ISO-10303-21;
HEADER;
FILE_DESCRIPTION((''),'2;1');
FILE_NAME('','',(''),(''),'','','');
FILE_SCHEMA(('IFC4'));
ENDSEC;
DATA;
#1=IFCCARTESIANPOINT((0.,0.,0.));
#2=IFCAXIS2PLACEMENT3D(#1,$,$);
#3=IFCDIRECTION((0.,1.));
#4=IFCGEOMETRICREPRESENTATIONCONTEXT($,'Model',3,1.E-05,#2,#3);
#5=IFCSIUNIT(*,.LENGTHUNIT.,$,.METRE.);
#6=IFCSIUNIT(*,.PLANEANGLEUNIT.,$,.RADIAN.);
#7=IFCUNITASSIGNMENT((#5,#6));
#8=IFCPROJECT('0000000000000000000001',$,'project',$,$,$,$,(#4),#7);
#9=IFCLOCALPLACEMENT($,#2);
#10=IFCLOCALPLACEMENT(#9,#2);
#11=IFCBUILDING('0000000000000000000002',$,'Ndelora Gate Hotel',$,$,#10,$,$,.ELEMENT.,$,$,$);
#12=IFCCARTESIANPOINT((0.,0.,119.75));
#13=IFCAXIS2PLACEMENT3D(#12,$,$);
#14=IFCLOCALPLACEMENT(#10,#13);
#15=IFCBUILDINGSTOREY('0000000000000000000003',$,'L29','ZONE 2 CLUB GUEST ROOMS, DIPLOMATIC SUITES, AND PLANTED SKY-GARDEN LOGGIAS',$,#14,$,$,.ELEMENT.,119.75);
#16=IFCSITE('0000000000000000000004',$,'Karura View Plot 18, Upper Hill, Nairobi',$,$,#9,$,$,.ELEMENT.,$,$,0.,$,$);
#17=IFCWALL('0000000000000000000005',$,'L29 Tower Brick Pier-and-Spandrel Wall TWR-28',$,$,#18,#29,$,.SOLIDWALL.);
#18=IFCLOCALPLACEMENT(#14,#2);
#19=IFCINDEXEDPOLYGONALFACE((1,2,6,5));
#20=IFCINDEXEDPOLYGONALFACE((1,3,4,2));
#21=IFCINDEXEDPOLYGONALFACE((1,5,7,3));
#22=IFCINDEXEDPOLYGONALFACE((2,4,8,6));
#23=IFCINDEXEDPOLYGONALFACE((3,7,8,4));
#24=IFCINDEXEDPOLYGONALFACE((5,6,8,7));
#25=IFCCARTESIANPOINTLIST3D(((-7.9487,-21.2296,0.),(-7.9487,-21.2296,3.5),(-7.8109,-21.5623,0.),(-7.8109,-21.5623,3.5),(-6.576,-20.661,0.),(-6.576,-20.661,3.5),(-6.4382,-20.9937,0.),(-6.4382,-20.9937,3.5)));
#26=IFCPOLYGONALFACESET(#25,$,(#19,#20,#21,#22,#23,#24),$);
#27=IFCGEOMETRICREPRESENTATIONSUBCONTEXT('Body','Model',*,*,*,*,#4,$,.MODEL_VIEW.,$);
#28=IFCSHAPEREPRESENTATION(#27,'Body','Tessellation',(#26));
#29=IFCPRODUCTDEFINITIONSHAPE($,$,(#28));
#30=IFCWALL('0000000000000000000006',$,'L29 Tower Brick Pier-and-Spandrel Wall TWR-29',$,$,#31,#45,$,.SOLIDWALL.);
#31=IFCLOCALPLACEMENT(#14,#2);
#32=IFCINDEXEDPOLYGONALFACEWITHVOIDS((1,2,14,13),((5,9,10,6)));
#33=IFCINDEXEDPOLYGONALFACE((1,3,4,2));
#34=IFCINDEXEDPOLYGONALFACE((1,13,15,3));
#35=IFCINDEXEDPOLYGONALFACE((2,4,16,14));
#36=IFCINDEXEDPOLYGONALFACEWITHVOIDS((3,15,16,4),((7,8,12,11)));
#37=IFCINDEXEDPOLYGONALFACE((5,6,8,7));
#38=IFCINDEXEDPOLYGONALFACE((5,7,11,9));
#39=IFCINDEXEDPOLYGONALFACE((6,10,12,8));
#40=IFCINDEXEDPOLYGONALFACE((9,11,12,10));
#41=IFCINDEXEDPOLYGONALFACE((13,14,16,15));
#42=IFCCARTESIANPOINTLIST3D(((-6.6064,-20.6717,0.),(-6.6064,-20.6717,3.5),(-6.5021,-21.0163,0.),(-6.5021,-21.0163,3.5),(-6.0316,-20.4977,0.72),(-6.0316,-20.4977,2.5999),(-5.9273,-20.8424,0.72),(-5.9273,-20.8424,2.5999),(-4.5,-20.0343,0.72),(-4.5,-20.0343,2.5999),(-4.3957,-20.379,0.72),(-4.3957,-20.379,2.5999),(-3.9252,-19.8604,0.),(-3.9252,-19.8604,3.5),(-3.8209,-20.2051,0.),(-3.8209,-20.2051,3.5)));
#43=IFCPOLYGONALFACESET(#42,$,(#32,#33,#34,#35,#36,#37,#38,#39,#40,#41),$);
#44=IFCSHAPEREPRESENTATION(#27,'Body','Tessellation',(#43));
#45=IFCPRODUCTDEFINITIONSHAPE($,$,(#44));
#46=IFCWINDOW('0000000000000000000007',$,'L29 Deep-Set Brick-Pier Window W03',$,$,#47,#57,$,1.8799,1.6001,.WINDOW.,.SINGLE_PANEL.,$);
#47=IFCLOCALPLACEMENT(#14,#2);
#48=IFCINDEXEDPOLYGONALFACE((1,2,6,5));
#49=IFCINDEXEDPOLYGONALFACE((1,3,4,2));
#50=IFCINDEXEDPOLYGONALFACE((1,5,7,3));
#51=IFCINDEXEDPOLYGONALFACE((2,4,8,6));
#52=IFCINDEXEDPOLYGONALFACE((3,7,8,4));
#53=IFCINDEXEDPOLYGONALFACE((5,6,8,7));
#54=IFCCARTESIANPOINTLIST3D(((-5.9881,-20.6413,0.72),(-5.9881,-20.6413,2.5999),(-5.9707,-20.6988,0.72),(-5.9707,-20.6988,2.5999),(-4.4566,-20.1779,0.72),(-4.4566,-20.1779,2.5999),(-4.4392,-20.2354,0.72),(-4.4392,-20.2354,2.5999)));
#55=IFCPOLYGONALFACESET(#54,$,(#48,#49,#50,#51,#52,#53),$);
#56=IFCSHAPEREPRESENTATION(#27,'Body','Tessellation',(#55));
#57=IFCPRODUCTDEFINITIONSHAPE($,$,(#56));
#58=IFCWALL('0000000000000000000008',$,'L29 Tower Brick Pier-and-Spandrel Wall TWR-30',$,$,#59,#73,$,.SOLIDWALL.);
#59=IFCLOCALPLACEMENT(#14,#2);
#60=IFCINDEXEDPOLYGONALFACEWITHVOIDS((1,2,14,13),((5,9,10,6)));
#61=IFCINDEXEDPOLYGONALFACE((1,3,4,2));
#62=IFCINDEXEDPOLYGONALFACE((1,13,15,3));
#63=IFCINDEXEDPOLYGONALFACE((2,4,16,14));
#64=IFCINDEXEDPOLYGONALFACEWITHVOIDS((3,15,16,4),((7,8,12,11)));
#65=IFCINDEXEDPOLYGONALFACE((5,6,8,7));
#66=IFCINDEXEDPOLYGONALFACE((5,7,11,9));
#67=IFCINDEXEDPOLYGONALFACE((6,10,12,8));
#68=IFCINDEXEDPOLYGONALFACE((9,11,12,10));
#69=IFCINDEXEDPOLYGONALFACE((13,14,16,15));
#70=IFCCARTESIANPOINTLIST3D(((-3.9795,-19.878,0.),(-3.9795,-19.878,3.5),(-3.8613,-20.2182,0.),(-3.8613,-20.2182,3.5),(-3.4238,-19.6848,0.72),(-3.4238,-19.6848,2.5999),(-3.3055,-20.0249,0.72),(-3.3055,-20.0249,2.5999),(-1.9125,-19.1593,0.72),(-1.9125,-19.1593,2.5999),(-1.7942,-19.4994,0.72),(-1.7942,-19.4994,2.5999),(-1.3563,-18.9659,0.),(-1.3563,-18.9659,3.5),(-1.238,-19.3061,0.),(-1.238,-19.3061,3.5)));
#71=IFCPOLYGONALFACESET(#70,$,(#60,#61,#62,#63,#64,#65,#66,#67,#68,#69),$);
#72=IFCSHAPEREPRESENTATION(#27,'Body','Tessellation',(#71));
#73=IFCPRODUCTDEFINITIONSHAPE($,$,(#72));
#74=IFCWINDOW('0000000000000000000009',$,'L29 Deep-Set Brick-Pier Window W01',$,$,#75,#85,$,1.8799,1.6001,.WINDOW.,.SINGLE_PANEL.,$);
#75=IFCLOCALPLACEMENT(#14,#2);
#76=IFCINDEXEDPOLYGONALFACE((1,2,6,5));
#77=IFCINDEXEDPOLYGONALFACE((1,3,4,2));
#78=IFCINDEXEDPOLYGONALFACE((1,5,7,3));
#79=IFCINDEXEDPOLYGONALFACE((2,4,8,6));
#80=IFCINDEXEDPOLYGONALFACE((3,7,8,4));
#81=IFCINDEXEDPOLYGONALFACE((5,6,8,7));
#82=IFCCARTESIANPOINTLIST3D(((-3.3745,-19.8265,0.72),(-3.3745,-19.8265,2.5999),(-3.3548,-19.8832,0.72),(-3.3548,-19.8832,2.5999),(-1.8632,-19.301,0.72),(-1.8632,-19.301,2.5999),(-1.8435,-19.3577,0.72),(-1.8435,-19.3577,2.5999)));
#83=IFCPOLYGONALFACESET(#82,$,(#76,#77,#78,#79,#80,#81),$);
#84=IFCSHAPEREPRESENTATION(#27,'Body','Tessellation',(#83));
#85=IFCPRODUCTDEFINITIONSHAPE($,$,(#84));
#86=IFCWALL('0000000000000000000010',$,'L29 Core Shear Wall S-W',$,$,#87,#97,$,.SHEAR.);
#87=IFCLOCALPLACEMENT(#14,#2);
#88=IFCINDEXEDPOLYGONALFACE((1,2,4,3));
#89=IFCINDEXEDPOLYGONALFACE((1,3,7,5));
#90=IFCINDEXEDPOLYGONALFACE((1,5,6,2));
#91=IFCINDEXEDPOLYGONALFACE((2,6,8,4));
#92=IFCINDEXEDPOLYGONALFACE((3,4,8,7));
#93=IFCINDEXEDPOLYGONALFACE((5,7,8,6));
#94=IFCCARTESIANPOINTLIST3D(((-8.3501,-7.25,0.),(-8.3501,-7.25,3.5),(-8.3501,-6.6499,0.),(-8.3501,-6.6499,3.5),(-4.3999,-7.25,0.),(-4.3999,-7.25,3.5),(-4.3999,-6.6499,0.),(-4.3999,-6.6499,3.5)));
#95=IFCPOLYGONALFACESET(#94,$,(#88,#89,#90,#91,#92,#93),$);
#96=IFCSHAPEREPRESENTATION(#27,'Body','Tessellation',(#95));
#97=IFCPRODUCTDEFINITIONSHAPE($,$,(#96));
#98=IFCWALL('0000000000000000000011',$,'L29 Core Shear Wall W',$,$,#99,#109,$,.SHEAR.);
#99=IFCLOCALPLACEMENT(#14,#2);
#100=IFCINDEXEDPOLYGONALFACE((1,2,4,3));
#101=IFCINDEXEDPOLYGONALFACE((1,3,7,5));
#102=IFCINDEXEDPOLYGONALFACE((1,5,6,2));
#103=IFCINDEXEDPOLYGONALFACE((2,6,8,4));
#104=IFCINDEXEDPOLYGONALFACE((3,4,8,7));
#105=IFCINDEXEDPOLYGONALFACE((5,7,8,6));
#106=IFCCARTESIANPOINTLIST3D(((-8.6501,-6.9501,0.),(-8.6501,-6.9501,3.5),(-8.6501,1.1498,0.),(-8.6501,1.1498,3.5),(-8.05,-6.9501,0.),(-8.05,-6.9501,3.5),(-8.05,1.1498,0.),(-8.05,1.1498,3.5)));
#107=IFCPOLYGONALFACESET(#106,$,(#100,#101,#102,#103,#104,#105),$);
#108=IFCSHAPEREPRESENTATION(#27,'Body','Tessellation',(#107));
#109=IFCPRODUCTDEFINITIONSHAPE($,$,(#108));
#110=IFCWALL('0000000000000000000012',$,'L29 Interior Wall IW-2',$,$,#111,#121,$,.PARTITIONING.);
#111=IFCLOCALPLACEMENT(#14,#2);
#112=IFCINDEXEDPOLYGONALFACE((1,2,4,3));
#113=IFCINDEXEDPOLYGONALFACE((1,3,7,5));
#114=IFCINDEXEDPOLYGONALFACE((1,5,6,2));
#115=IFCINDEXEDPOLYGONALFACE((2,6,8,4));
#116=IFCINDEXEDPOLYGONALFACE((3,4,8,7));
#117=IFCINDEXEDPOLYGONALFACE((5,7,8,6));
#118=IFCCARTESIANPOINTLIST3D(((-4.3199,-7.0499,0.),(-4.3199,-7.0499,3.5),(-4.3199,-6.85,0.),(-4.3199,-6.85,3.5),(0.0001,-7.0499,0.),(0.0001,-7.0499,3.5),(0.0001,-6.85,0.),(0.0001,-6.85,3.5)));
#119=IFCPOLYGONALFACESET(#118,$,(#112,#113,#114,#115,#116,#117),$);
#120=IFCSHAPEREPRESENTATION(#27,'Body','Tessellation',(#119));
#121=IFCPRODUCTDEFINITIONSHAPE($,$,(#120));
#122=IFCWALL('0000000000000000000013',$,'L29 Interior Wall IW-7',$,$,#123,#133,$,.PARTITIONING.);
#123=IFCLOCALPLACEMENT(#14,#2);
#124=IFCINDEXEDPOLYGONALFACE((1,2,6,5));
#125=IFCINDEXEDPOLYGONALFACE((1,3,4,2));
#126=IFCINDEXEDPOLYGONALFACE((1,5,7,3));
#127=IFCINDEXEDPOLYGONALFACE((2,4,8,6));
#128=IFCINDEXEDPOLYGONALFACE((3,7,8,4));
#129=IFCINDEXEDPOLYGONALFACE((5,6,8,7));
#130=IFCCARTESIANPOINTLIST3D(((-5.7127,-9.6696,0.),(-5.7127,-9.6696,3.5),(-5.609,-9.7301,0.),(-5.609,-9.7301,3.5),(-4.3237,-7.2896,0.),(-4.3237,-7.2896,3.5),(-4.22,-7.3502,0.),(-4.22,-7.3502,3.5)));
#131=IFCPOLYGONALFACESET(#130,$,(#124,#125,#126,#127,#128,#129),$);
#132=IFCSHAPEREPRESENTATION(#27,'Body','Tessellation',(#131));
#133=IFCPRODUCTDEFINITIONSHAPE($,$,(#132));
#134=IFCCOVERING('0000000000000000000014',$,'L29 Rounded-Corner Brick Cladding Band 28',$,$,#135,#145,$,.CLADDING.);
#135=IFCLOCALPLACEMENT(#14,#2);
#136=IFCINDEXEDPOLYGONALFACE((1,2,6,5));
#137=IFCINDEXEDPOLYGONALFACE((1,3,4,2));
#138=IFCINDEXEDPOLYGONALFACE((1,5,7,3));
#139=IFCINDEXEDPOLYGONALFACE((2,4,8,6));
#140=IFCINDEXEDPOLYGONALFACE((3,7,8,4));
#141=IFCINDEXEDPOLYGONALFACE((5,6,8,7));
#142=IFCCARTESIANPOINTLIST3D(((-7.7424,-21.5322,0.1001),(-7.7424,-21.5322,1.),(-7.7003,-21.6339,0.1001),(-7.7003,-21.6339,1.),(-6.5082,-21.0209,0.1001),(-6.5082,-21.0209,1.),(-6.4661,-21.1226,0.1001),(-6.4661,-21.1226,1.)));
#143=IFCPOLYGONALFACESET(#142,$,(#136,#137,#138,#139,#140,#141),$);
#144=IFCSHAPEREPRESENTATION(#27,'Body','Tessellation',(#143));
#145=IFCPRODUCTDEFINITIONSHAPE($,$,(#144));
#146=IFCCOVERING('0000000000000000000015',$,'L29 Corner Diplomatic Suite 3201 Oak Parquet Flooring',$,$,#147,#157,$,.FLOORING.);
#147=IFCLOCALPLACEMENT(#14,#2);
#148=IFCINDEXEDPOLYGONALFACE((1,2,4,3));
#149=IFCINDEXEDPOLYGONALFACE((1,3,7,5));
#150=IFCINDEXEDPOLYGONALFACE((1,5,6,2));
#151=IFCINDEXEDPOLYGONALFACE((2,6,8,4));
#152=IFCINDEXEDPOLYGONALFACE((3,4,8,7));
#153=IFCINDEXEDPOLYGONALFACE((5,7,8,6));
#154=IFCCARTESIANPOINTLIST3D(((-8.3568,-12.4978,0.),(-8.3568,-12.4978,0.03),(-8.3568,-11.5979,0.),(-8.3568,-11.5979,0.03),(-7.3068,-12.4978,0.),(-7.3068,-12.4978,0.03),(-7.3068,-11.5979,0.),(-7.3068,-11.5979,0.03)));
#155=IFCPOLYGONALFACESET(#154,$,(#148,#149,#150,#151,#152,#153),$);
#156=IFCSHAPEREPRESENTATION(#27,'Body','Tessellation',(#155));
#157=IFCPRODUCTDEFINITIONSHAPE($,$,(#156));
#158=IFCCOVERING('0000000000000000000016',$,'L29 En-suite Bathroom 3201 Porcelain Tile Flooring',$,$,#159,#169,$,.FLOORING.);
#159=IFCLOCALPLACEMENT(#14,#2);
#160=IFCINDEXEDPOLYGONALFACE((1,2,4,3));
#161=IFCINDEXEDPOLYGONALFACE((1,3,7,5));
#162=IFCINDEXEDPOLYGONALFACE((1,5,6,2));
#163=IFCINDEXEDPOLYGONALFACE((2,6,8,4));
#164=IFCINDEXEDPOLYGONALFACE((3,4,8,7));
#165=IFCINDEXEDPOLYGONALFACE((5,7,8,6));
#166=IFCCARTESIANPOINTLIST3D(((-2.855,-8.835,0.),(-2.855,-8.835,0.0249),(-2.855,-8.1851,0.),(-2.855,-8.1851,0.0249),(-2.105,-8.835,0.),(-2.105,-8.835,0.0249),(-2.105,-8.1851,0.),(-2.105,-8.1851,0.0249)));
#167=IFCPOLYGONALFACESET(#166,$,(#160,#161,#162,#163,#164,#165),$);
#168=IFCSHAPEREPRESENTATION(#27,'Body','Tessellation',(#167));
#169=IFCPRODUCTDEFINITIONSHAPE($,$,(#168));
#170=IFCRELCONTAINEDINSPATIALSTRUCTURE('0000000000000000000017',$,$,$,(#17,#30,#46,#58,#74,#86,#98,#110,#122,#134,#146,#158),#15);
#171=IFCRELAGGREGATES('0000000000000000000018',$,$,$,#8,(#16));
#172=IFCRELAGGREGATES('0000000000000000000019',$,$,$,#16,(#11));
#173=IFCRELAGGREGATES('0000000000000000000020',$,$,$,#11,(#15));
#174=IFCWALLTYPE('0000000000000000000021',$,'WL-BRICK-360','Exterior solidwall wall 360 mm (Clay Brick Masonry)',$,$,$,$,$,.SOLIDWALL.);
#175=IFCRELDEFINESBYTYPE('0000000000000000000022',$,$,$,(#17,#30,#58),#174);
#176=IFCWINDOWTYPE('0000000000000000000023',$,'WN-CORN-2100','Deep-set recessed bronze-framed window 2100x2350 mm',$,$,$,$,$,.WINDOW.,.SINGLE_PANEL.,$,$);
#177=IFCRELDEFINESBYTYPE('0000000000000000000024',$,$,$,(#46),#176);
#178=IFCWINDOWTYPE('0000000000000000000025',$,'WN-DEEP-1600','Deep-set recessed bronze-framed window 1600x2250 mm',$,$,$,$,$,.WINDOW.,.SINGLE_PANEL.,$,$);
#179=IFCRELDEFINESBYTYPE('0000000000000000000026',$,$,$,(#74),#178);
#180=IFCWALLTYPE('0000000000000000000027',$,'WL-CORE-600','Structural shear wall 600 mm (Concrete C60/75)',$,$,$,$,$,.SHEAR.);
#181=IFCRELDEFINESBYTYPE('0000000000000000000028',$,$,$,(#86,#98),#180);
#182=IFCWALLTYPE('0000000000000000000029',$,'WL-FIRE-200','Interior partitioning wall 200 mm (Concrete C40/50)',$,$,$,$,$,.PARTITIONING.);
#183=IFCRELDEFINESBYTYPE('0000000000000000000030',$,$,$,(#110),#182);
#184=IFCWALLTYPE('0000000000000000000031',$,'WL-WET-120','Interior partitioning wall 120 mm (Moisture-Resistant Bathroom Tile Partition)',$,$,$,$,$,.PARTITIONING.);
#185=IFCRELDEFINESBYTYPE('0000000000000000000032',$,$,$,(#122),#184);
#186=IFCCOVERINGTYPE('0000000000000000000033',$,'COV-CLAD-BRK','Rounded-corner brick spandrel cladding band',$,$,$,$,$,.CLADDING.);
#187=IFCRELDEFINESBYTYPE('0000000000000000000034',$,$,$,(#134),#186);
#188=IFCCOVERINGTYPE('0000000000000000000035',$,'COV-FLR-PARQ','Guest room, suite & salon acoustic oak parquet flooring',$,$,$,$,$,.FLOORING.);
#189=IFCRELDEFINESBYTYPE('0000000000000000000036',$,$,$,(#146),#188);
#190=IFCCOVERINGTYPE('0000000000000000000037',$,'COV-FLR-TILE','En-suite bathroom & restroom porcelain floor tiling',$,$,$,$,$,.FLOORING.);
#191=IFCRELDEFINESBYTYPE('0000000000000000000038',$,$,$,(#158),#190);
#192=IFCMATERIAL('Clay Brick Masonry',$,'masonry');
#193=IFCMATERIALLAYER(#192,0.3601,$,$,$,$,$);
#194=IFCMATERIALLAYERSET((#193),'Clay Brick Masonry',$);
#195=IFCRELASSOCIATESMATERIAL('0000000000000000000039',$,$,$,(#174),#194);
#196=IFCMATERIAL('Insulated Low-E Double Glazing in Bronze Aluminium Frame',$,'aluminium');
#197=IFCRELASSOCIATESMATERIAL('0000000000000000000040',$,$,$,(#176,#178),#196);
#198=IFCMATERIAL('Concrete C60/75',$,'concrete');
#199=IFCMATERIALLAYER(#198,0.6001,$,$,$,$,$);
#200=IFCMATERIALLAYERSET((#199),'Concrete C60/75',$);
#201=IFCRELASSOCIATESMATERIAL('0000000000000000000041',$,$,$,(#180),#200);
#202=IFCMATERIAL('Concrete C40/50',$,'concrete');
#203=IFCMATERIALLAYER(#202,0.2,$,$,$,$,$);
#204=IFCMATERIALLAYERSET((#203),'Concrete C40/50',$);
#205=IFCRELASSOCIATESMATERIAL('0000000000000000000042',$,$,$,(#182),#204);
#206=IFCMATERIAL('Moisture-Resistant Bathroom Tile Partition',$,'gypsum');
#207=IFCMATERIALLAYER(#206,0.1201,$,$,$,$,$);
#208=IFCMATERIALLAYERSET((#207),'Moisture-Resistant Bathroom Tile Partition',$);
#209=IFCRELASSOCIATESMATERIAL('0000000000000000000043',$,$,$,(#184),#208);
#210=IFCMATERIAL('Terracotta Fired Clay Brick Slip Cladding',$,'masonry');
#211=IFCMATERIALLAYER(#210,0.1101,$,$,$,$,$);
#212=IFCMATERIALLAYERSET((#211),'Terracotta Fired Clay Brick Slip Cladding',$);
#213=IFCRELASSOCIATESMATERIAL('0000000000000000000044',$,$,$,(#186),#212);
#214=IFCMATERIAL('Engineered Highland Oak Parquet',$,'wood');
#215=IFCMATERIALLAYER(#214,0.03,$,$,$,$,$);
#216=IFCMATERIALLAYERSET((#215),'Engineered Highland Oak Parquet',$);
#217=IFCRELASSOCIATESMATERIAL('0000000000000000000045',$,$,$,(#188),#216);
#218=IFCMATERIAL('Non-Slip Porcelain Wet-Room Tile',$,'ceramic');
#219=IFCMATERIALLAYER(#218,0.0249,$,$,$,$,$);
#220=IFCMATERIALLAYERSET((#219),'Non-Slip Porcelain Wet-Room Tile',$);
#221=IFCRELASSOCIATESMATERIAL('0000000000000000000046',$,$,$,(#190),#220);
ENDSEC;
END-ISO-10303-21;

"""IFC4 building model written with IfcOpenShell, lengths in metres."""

from ifc_helpers import new_model, si_unit, direction, frame, frame_2d, origin, origin_2d, place, context, subcontext, project, spatial, rectangle, extrude, material, layer, layer_set, type_object, element, fill, save


model = new_model("IFC4")

# Units and contexts
model_context = context("Model", 3, precision=1e-05, world=origin(), true_north=direction((0.0, 1.0)))
body_context = subcontext(model_context, "Body", "Model", "MODEL_VIEW")
ifc_project = project(units=[si_unit("LENGTHUNIT", "METRE"), si_unit("PLANEANGLEUNIT", "RADIAN")], contexts=[model_context])

# Site, building, storey
site_placement = place(None, origin())
site = spatial("IfcSite", under=ifc_project, at=site_placement, Name="Karura View Plot 18, Upper Hill, Nairobi", CompositionType="ELEMENT", RefElevation=0.0)
building_placement = place(site_placement, origin())
building = spatial("IfcBuilding", under=site, at=building_placement, Name="Ndelora Gate Hotel", CompositionType="ELEMENT")
storey_placement = place(building_placement, frame((0.0, 0.0, 119.75)))
storey = spatial("IfcBuildingStorey", under=building, at=storey_placement, Name="L29", Description="ZONE 2 CLUB GUEST ROOMS, DIPLOMATIC SUITES, AND PLANTED SKY-GARDEN LOGGIAS", CompositionType="ELEMENT", Elevation=119.75)

# Shared definitions
ifc_material_1 = material(Name="Concrete C60/75", Category="concrete")

# Wall
ifc_material_2 = material(Name="Clay Brick Masonry", Category="masonry")
ifc_layer_1 = layer(ifc_material_2, 0.3601)
ifc_layer_set_1 = layer_set([ifc_layer_1], Name="Clay Brick Masonry")
wall_type_1 = type_object("IfcWallType", Name="WL-BRICK-360", Description="Exterior solidwall wall 360 mm (Clay Brick Masonry)", PredefinedType="SOLIDWALL", material=ifc_layer_set_1)
for number, where, z_axis, x_axis, name in (
    (1, (-6.5071, -20.8274, 0.0), (0.0, 0.0, 1.0), (-0.923887, -0.382666, 0.0), "L29 Tower Brick Pier-and-Spandrel Wall TWR-28"),
):
    element("IfcWall", number, at=place(storey_placement, frame(where, z_axis=z_axis, x_axis=x_axis)), inside=storey, type_object=wall_type_1, Name=name, PredefinedType="SOLIDWALL", context=body_context, shape_type="SweptSolid", body=[
        extrude(rectangle(XDim=1.4858, YDim=0.3601, at=frame_2d((0.7429, 0.0))), origin(), (0.0, 0.0, 1.0), 3.5),
    ])

# Walls, openings, windows
wall_1_placement = place(storey_placement, frame((-3.873, -20.0327, 0.0), z_axis=(0.0, 0.0, 1.0), x_axis=(-0.957142, -0.289618, 0.0)))
wall_1 = element("IfcWall", 2, at=wall_1_placement, inside=storey, type_object=wall_type_1, Name="L29 Tower Brick Pier-and-Spandrel Wall TWR-29", PredefinedType="SOLIDWALL", context=body_context, shape_type="SweptSolid", body=[
    extrude(rectangle(XDim=2.8013, YDim=0.3601, at=frame_2d((1.4006, 0.0))), origin(), (0.0, 0.0, 1.0), 3.5),
])
opening_1_placement = place(wall_1_placement, frame((0.6006, 0.0, 0.72)))
opening_1 = element("IfcOpeningElement", 3, at=opening_1_placement, cuts=wall_1, PredefinedType="OPENING", context=body_context, shape_type="SweptSolid", body=[
    extrude(rectangle(XDim=1.6001, YDim=1.8799, at=frame_2d((0.8, 0.9399))), frame((0.0, 0.1899, 0.0), z_axis=(0.0, -1.0, 0.0), x_axis=(1.0, 0.0, 0.0)), (0.0, 0.0, 1.0), 0.3801),
])
ifc_material_3 = material(Name="Insulated Low-E Double Glazing in Bronze Aluminium Frame", Category="aluminium")
window_type_1 = type_object("IfcWindowType", Name="WN-CORN-2100", Description="Deep-set recessed bronze-framed window 2100x2350 mm", PartitioningType="SINGLE_PANEL", PredefinedType="WINDOW", material=ifc_material_3)
window_1_placement = place(opening_1_placement, origin())
window_1 = element("IfcWindow", 4, at=window_1_placement, inside=storey, type_object=window_type_1, Name="L29 Deep-Set Brick-Pier Window W03", OverallHeight=1.8799, OverallWidth=1.6001, PartitioningType="SINGLE_PANEL", PredefinedType="WINDOW", context=body_context, shape_type="SweptSolid", body=[
    extrude(rectangle(XDim=1.6001, YDim=1.8799, at=frame_2d((0.8, 0.9399))), frame((0.0, 0.03, 0.0), z_axis=(0.0, -1.0, 0.0), x_axis=(1.0, 0.0, 0.0)), (0.0, 0.0, 1.0), 0.0601),
])
fill(opening_1, window_1)
wall_2_placement = place(storey_placement, frame((-1.2971, -19.136, 0.0), z_axis=(0.0, 0.0, 1.0), x_axis=(-0.944535, -0.328412, 0.0)))
wall_2 = element("IfcWall", 5, at=wall_2_placement, inside=storey, type_object=wall_type_1, Name="L29 Tower Brick Pier-and-Spandrel Wall TWR-30", PredefinedType="SOLIDWALL", context=body_context, shape_type="SweptSolid", body=[
    extrude(rectangle(XDim=2.7773, YDim=0.3601, at=frame_2d((1.3887, 0.0))), origin(), (0.0, 0.0, 1.0), 3.5),
])
opening_2_placement = place(wall_2_placement, frame((0.5889, 0.0, 0.72)))
opening_2 = element("IfcOpeningElement", 6, at=opening_2_placement, cuts=wall_2, PredefinedType="OPENING", context=body_context, shape_type="SweptSolid", body=[
    extrude(rectangle(XDim=1.6001, YDim=1.8799, at=frame_2d((0.8, 0.9399))), frame((0.0, 0.1899, 0.0), z_axis=(0.0, -1.0, 0.0), x_axis=(1.0, 0.0, 0.0)), (0.0, 0.0, 1.0), 0.3801),
])
window_type_2 = type_object("IfcWindowType", Name="WN-DEEP-1600", Description="Deep-set recessed bronze-framed window 1600x2250 mm", PartitioningType="SINGLE_PANEL", PredefinedType="WINDOW", material=ifc_material_3)
window_2_placement = place(opening_2_placement, origin())
window_2 = element("IfcWindow", 7, at=window_2_placement, inside=storey, type_object=window_type_2, Name="L29 Deep-Set Brick-Pier Window W01", OverallHeight=1.8799, OverallWidth=1.6001, PartitioningType="SINGLE_PANEL", PredefinedType="WINDOW", context=body_context, shape_type="SweptSolid", body=[
    extrude(rectangle(XDim=1.6001, YDim=1.8799, at=frame_2d((0.8, 0.9399))), frame((0.0, 0.03, 0.0), z_axis=(0.0, -1.0, 0.0), x_axis=(1.0, 0.0, 0.0)), (0.0, 0.0, 1.0), 0.0601),
])
fill(opening_2, window_2)

# Walls
ifc_layer_2 = layer(ifc_material_1, 0.6001)
ifc_layer_set_2 = layer_set([ifc_layer_2], Name="Concrete C60/75")
wall_type_2 = type_object("IfcWallType", Name="WL-CORE-600", Description="Structural shear wall 600 mm (Concrete C60/75)", PredefinedType="SHEAR", material=ifc_layer_set_2)
wall_3_placement = place(storey_placement, frame((-8.3501, -6.95, 0.0), z_axis=(0.0, 0.0, 1.0), x_axis=(1.0, 0.0, 0.0)))
element("IfcWall", 8, at=wall_3_placement, inside=storey, type_object=wall_type_2, Name="L29 Core Shear Wall S-W", PredefinedType="SHEAR", context=body_context, shape_type="SweptSolid", body=[
    extrude(rectangle(XDim=3.9502, YDim=0.6001, at=frame_2d((1.9751, 0.0))), origin(), (0.0, 0.0, 1.0), 3.5),
])
wall_4_placement = place(storey_placement, frame((-8.3501, -6.95, 0.0), z_axis=(0.0, 0.0, 1.0), x_axis=(0.0, 1.0, 0.0)))
element("IfcWall", 9, at=wall_4_placement, inside=storey, type_object=wall_type_2, Name="L29 Core Shear Wall W", PredefinedType="SHEAR", context=body_context, shape_type="SweptSolid", body=[
    extrude(rectangle(XDim=8.0999, YDim=0.6001, at=frame_2d((4.0498, 0.0))), origin(), (0.0, 0.0, 1.0), 3.5),
])
ifc_material_4 = material(Name="Concrete C40/50", Category="concrete")
ifc_layer_3 = layer(ifc_material_4, 0.2)
ifc_layer_set_3 = layer_set([ifc_layer_3], Name="Concrete C40/50")
wall_type_3 = type_object("IfcWallType", Name="WL-FIRE-200", Description="Interior partitioning wall 200 mm (Concrete C40/50)", PredefinedType="PARTITIONING", material=ifc_layer_set_3)
wall_5_placement = place(storey_placement, frame((-4.3201, -6.95, 0.0), z_axis=(0.0, 0.0, 1.0), x_axis=(1.0, 0.0, 0.0)))
element("IfcWall", 10, at=wall_5_placement, inside=storey, type_object=wall_type_3, Name="L29 Interior Wall IW-2", PredefinedType="PARTITIONING", context=body_context, shape_type="SweptSolid", body=[
    extrude(rectangle(XDim=4.3201, YDim=0.2, at=frame_2d((2.1602, 0.0))), origin(), (0.0, 0.0, 1.0), 3.5),
])
ifc_material_5 = material(Name="Moisture-Resistant Bathroom Tile Partition", Category="gypsum")
ifc_layer_4 = layer(ifc_material_5, 0.1201)
ifc_layer_set_4 = layer_set([ifc_layer_4], Name="Moisture-Resistant Bathroom Tile Partition")
wall_type_4 = type_object("IfcWallType", Name="WL-WET-120", Description="Interior partitioning wall 120 mm (Moisture-Resistant Bathroom Tile Partition)", PredefinedType="PARTITIONING", material=ifc_layer_set_4)
wall_6_placement = place(storey_placement, frame((-5.6609, -9.7, 0.0), z_axis=(0.0, 0.0, 1.0), x_axis=(0.504047, 0.863676, 0.0)))
element("IfcWall", 11, at=wall_6_placement, inside=storey, type_object=wall_type_4, Name="L29 Interior Wall IW-7", PredefinedType="PARTITIONING", context=body_context, shape_type="SweptSolid", body=[
    extrude(rectangle(XDim=2.7556, YDim=0.1201, at=frame_2d((1.3779, 0.0))), origin(), (0.0, 0.0, 1.0), 3.5),
])

# Coverings
ifc_material_6 = material(Name="Terracotta Fired Clay Brick Slip Cladding", Category="masonry")
ifc_layer_5 = layer(ifc_material_6, 0.1101)
ifc_layer_set_5 = layer_set([ifc_layer_5], Name="Terracotta Fired Clay Brick Slip Cladding")
covering_type_1 = type_object("IfcCoveringType", Name="COV-CLAD-BRK", Description="Rounded-corner brick spandrel cladding band", PredefinedType="CLADDING", material=ifc_layer_set_5)
covering_1_placement = place(storey_placement, frame((-7.1042, -21.3274, 0.1001), z_axis=(0.0, 0.0, 1.0), x_axis=(0.92388, 0.382683, 0.0)))
element("IfcCovering", 12, at=covering_1_placement, inside=storey, type_object=covering_type_1, Name="L29 Rounded-Corner Brick Cladding Band 28", PredefinedType="CLADDING", context=body_context, shape_type="SweptSolid", body=[
    extrude(rectangle(XDim=1.3359, YDim=0.1101, at=origin_2d()), origin(), (0.0, 0.0, 1.0), 0.8999),
])
ifc_material_7 = material(Name="Engineered Highland Oak Parquet", Category="wood")
ifc_layer_6 = layer(ifc_material_7, 0.03)
ifc_layer_set_6 = layer_set([ifc_layer_6], Name="Engineered Highland Oak Parquet")
covering_type_2 = type_object("IfcCoveringType", Name="COV-FLR-PARQ", Description="Guest room, suite & salon acoustic oak parquet flooring", PredefinedType="FLOORING", material=ifc_layer_set_6)
covering_2_placement = place(storey_placement, frame((-7.8318, -12.0479, 0.0), z_axis=(0.0, 0.0, 1.0), x_axis=(1.0, 0.0, 0.0)))
element("IfcCovering", 13, at=covering_2_placement, inside=storey, type_object=covering_type_2, Name="L29 Corner Diplomatic Suite 3201 Oak Parquet Flooring", PredefinedType="FLOORING", context=body_context, shape_type="SweptSolid", body=[
    extrude(rectangle(XDim=1.05, YDim=0.8999, at=origin_2d()), origin(), (0.0, 0.0, 1.0), 0.03),
])
ifc_material_8 = material(Name="Non-Slip Porcelain Wet-Room Tile", Category="ceramic")
ifc_layer_7 = layer(ifc_material_8, 0.0249)
ifc_layer_set_7 = layer_set([ifc_layer_7], Name="Non-Slip Porcelain Wet-Room Tile")
covering_type_3 = type_object("IfcCoveringType", Name="COV-FLR-TILE", Description="En-suite bathroom & restroom porcelain floor tiling", PredefinedType="FLOORING", material=ifc_layer_set_7)
covering_3_placement = place(storey_placement, frame((-2.48, -8.51, 0.0), z_axis=(0.0, 0.0, 1.0), x_axis=(1.0, 0.0, 0.0)))
element("IfcCovering", 14, at=covering_3_placement, inside=storey, type_object=covering_type_3, Name="L29 En-suite Bathroom 3201 Porcelain Tile Flooring", PredefinedType="FLOORING", context=body_context, shape_type="SweptSolid", body=[
    extrude(rectangle(XDim=0.75, YDim=0.6499, at=origin_2d()), origin(), (0.0, 0.0, 1.0), 0.0249),
])

save(model, "model.ifc")
